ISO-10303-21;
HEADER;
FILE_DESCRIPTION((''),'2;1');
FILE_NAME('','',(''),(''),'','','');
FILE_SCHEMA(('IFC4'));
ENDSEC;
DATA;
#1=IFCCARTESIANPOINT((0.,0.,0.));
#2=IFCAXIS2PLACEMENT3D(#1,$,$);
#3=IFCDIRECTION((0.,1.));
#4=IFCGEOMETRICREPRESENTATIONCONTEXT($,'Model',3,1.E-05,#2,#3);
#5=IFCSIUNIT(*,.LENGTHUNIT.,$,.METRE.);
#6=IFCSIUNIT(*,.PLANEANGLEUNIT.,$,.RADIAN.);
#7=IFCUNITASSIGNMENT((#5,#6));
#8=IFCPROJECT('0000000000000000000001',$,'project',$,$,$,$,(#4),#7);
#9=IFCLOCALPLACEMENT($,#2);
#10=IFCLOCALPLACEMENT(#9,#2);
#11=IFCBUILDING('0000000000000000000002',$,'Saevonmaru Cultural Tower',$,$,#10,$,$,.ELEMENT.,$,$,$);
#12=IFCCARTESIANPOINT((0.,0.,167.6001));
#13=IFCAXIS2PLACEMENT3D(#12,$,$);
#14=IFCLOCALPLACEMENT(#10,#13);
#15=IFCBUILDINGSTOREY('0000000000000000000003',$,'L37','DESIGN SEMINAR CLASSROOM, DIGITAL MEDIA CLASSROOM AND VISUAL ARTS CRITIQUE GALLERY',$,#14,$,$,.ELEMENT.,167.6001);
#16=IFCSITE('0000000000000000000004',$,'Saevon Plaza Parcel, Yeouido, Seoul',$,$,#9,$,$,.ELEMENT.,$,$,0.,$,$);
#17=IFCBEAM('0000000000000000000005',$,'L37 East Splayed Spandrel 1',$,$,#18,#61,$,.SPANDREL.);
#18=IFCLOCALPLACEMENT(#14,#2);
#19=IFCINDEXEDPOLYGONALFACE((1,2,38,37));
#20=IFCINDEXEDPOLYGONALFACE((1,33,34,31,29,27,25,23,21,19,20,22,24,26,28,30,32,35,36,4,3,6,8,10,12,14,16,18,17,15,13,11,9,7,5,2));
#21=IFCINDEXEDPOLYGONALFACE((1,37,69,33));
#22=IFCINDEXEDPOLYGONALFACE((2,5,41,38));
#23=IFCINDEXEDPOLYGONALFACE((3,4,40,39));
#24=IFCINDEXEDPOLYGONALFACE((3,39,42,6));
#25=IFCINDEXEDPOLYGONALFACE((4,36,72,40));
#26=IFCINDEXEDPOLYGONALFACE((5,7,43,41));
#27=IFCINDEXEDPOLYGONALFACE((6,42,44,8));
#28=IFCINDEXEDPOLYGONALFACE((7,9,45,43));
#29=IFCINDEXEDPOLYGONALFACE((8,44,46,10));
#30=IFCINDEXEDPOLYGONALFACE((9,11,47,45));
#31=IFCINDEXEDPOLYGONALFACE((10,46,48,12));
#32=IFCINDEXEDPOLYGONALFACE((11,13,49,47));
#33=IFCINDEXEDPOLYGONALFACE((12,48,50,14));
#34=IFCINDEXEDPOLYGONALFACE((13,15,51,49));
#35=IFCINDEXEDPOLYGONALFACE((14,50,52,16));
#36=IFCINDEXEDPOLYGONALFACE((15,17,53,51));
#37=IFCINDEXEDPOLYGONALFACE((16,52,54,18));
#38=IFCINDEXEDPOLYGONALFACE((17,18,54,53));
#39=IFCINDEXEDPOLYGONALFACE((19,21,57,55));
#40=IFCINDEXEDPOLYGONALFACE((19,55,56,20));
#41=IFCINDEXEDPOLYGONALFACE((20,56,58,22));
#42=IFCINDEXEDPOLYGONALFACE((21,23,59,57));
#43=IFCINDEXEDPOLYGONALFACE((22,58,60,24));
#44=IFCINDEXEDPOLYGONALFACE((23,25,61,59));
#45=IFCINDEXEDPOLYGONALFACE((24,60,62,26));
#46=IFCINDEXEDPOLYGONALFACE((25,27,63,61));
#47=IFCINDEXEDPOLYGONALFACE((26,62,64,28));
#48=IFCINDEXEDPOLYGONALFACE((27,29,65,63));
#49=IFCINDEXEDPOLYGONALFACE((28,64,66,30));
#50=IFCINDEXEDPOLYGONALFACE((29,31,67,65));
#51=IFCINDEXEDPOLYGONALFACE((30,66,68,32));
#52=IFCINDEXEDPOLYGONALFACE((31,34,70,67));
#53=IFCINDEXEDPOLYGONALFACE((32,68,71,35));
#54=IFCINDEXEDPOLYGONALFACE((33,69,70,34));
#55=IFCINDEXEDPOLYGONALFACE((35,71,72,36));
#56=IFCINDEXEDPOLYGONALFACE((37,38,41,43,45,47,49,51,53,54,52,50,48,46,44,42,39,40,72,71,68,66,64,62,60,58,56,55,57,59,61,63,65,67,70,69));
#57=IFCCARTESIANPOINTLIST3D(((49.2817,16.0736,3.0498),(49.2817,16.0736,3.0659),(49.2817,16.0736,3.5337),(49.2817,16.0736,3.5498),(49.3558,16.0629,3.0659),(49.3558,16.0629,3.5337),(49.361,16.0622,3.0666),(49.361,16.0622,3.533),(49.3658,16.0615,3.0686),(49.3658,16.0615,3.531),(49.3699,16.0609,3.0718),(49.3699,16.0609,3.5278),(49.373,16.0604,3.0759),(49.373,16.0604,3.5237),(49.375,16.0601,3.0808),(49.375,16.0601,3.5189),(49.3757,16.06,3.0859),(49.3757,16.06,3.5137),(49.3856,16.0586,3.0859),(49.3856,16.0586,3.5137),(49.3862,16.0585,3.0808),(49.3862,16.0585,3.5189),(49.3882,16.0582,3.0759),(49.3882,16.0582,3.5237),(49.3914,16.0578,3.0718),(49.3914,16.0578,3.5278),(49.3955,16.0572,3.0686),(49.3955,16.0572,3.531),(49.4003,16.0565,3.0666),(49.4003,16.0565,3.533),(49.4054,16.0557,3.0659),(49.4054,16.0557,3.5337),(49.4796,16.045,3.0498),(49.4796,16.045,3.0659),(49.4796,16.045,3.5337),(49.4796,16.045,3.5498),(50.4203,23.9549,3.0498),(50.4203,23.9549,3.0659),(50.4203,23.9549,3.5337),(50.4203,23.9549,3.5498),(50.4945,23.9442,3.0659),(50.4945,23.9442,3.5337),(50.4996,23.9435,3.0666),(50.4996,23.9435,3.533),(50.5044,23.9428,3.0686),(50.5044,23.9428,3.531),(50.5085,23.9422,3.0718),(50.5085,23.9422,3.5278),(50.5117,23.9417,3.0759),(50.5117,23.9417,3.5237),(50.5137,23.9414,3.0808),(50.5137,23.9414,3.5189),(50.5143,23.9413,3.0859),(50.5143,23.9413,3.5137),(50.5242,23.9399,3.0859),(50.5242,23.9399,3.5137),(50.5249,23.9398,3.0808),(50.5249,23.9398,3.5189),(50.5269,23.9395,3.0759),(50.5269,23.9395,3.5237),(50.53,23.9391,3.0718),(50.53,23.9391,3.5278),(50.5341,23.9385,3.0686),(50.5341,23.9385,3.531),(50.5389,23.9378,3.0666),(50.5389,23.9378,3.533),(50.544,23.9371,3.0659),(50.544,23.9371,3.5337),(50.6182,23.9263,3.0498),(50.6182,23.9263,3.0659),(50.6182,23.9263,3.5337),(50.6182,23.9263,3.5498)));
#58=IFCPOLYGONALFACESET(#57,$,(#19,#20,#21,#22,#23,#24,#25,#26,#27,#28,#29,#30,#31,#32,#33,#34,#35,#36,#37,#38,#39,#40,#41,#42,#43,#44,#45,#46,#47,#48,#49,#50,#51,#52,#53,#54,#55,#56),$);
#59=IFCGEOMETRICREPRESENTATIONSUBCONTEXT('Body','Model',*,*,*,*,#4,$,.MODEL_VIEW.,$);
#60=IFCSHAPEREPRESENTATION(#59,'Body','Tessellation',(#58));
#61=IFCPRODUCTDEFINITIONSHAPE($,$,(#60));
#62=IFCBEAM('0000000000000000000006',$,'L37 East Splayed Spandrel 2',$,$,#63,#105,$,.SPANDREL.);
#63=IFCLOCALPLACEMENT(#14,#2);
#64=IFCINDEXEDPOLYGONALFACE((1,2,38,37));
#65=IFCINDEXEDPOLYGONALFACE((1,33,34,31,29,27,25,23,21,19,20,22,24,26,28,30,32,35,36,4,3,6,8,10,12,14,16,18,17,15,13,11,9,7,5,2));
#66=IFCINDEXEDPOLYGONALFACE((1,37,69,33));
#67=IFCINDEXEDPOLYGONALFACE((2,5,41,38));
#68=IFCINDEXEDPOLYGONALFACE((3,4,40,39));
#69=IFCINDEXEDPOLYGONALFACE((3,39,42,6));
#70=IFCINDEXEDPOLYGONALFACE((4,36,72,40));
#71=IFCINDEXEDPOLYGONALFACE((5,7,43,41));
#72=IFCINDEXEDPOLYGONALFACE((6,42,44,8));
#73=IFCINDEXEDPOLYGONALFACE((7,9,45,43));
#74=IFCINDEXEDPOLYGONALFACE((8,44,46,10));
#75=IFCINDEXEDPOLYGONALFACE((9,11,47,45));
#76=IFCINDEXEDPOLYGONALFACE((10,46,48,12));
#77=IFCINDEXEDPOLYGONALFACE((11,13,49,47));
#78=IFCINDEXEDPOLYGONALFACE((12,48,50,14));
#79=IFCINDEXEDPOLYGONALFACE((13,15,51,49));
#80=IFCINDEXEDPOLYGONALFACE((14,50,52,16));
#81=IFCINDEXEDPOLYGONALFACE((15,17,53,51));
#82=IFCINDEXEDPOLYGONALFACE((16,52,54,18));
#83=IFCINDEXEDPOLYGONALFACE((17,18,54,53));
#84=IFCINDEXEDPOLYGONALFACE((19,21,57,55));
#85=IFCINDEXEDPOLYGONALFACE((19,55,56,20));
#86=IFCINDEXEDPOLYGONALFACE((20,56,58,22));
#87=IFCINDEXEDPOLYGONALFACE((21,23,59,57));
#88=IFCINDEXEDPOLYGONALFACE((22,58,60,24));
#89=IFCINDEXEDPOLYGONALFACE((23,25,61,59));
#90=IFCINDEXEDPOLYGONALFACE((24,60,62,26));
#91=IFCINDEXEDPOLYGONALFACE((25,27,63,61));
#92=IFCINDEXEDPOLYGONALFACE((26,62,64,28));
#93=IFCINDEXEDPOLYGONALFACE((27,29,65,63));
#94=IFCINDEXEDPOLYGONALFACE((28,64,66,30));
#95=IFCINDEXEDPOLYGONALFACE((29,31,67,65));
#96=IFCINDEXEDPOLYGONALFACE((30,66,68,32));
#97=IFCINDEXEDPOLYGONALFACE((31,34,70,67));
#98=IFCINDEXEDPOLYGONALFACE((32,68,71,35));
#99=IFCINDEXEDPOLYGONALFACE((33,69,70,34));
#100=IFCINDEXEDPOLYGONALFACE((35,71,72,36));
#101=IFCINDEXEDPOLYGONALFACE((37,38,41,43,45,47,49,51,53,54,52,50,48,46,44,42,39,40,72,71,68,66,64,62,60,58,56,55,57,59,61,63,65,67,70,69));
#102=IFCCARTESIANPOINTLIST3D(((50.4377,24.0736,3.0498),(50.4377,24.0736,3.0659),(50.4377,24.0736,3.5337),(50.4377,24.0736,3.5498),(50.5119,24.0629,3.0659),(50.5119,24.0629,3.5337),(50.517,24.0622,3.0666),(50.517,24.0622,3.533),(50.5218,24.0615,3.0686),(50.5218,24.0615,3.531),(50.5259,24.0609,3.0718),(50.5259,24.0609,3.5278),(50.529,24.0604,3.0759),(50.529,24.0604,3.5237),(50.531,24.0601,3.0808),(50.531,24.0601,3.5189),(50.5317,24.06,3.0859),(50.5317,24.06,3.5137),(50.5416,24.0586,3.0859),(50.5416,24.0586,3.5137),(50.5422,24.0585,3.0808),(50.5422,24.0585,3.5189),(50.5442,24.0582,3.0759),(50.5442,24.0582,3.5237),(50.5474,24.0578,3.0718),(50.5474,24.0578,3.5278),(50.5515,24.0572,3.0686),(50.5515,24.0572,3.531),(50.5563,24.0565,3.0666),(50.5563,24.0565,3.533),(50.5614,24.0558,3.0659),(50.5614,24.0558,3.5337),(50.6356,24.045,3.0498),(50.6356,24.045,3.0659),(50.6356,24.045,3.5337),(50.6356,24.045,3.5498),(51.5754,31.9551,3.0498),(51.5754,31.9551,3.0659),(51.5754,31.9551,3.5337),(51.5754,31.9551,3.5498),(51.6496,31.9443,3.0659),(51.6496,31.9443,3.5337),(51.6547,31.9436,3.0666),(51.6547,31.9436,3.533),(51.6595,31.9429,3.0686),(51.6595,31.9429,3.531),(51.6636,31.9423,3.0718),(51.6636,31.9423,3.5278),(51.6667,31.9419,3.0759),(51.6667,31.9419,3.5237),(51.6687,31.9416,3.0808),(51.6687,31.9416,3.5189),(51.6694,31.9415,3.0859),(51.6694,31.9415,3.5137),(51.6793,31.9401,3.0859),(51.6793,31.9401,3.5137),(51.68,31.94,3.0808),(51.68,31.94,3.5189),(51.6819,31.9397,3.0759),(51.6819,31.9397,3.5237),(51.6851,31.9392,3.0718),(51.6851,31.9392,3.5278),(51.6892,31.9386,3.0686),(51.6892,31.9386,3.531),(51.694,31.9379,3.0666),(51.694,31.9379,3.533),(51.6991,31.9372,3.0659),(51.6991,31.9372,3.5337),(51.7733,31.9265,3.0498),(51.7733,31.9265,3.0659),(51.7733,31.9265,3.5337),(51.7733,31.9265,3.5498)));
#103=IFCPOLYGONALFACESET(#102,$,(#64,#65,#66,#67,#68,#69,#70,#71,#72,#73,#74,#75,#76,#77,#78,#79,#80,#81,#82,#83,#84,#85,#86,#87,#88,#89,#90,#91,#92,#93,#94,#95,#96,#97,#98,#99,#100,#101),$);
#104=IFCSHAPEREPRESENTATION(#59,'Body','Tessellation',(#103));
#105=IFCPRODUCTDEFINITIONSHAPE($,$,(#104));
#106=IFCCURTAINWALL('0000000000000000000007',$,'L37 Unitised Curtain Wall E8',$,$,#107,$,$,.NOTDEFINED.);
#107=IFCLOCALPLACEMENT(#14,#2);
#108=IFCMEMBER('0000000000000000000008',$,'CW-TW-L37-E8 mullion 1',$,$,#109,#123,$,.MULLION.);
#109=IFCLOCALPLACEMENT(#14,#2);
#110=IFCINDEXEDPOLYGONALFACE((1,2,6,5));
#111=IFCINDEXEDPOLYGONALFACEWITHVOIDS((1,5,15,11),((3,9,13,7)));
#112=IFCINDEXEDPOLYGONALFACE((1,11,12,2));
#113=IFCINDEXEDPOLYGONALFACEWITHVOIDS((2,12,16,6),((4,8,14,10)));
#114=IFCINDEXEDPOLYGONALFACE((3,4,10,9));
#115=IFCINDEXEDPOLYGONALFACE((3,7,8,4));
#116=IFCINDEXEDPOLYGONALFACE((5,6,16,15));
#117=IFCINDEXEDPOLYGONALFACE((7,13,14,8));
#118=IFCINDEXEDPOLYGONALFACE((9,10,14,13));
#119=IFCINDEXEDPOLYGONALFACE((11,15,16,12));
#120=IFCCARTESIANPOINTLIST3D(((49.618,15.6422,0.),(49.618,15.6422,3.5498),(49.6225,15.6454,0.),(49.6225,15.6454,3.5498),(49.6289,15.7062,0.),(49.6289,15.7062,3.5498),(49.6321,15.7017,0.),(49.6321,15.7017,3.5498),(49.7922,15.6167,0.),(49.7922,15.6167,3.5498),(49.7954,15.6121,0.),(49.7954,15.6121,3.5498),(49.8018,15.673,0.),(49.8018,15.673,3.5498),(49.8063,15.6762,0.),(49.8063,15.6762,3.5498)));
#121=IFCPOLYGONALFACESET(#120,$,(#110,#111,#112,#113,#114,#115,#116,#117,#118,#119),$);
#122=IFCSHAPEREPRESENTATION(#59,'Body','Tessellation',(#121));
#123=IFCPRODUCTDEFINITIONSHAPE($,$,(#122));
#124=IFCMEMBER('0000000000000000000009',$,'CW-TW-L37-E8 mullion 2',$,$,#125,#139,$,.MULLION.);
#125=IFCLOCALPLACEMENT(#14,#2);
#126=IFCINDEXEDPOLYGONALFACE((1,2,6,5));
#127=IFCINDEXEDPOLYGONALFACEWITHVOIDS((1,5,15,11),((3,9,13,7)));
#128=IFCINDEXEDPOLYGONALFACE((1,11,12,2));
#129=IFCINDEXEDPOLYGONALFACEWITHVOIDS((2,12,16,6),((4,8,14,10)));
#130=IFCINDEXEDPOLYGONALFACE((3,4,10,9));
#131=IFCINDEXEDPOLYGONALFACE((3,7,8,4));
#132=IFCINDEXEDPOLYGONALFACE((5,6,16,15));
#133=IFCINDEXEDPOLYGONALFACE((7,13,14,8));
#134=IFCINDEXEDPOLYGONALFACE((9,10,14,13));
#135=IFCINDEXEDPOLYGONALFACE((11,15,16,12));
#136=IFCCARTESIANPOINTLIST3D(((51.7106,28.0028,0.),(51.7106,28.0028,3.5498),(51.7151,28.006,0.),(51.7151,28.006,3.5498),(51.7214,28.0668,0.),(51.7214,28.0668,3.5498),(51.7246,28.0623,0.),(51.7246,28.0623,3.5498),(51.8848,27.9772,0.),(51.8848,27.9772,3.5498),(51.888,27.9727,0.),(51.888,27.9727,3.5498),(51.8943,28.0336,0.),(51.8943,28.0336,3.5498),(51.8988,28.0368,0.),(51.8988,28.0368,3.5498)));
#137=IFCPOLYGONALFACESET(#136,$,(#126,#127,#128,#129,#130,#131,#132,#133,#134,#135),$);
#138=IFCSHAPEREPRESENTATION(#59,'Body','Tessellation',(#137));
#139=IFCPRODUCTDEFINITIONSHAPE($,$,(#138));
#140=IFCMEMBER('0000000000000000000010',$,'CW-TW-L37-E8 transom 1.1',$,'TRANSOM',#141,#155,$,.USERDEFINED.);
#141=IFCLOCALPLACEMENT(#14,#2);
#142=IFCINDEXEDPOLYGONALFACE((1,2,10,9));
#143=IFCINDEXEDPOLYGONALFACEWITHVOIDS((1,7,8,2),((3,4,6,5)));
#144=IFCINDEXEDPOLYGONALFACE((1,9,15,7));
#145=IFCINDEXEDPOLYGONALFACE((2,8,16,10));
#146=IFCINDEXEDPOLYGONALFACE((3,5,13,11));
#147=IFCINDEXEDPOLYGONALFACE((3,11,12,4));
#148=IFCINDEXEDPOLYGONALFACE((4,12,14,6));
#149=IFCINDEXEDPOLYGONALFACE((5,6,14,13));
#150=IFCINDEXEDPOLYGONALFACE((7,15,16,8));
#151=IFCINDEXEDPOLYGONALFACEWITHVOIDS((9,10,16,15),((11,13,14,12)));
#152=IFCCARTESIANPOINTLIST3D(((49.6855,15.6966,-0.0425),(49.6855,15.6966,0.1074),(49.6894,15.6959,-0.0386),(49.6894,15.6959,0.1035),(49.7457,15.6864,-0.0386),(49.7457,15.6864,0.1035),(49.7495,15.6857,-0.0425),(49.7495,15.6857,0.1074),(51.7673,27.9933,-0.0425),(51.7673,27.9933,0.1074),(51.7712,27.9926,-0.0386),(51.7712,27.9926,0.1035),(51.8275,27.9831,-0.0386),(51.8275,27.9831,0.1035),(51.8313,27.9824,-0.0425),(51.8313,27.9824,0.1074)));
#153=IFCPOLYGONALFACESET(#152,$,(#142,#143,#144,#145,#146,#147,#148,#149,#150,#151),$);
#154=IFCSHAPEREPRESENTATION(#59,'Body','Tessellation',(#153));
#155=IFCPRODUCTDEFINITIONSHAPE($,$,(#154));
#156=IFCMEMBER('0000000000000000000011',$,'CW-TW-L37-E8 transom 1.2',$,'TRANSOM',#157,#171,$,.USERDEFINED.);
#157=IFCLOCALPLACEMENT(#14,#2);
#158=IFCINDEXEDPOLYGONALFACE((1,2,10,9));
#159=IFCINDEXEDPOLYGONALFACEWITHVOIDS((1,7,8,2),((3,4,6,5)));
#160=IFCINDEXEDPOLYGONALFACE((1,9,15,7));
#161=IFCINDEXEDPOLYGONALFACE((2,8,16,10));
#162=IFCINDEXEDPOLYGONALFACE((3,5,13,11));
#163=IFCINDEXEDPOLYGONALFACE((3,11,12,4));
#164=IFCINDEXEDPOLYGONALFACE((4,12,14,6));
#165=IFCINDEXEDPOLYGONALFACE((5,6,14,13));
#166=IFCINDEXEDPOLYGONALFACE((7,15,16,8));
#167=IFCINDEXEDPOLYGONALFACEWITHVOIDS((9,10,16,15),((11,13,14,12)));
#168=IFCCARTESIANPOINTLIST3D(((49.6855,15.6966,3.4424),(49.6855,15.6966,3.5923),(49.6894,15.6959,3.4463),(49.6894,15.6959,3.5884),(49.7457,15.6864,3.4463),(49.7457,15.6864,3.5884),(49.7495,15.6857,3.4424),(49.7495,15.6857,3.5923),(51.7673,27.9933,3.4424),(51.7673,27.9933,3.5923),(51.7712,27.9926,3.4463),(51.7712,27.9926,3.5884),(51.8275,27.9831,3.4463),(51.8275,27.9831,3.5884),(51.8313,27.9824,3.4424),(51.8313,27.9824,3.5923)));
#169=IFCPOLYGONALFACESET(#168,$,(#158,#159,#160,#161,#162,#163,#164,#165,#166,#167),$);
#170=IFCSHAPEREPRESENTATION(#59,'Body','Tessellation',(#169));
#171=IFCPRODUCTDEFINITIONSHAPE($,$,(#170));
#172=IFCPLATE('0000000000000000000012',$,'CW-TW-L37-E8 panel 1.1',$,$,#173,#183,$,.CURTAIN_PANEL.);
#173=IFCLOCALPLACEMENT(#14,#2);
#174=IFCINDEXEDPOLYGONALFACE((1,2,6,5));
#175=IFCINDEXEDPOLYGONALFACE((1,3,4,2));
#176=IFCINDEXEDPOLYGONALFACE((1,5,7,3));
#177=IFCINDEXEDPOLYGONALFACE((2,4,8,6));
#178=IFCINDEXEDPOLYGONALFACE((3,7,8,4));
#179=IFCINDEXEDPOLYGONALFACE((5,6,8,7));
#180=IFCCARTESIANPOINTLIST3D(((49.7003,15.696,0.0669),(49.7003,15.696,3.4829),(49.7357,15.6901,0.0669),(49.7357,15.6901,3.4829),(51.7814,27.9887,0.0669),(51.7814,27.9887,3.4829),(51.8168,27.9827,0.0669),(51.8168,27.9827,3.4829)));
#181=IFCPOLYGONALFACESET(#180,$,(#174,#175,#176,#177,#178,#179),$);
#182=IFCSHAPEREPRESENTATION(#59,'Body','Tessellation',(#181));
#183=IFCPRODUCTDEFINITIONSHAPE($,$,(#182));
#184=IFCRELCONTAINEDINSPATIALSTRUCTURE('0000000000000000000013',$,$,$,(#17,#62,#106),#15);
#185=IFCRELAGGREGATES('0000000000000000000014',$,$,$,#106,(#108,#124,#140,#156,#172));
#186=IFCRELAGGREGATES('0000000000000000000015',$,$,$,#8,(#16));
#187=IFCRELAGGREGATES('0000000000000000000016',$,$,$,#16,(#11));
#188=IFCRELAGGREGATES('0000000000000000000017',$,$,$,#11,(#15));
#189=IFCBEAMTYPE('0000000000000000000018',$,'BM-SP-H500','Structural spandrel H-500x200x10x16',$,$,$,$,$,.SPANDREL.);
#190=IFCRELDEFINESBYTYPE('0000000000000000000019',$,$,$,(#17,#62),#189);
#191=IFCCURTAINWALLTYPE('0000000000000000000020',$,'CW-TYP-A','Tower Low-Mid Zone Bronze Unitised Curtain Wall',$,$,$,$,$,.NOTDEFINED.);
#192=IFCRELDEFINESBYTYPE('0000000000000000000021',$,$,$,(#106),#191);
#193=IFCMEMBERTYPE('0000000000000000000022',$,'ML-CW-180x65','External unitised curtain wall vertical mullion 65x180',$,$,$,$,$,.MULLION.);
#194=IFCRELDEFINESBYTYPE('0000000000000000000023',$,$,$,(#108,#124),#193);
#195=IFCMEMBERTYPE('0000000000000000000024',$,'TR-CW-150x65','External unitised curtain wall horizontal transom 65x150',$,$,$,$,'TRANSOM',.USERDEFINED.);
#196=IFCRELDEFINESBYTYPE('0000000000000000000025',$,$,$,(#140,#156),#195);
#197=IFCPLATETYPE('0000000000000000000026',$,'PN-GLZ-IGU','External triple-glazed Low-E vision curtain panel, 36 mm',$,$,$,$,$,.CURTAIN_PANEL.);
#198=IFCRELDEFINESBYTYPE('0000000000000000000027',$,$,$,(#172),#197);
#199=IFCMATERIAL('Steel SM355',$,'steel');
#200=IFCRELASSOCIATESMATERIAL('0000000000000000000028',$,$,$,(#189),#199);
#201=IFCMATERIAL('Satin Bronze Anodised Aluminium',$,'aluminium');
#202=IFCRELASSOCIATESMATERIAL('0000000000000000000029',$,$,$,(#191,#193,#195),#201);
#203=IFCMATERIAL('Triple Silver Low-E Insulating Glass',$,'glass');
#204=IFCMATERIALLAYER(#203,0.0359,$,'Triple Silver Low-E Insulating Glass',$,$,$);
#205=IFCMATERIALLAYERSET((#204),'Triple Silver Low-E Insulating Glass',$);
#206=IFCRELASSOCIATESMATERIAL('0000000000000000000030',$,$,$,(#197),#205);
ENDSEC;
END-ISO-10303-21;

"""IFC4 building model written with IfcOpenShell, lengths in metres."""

from ifc_helpers import new_model, si_unit, direction, frame, origin, origin_2d, place, context, subcontext, project, spatial, rectangle, hollow_rectangle, i_section, extrude, material, layer, layer_set, material_profile, profile_set, type_object, element, aggregate, save


model = new_model("IFC4")

# Units and contexts
model_context = context("Model", 3, precision=1e-05, world=origin(), true_north=direction((0.0, 1.0)))
body_context = subcontext(model_context, "Body", "Model", "MODEL_VIEW")
ifc_project = project(units=[si_unit("LENGTHUNIT", "METRE"), si_unit("PLANEANGLEUNIT", "RADIAN")], contexts=[model_context])

# Site, building, storey
site_placement = place(None, origin())
site = spatial("IfcSite", under=ifc_project, at=site_placement, Name="Saevon Plaza Parcel, Yeouido, Seoul", CompositionType="ELEMENT", RefElevation=0.0)
building_placement = place(site_placement, origin())
building = spatial("IfcBuilding", under=site, at=building_placement, Name="Saevonmaru Cultural Tower", CompositionType="ELEMENT")
storey_placement = place(building_placement, frame((0.0, 0.0, 167.6001)))
storey = spatial("IfcBuildingStorey", under=building, at=storey_placement, Name="L37", Description="DESIGN SEMINAR CLASSROOM, DIGITAL MEDIA CLASSROOM AND VISUAL ARTS CRITIQUE GALLERY", CompositionType="ELEMENT", Elevation=167.6001)

# Beams
ifc_material_1 = material(Name="Steel SM355", Category="steel")
ifc_material_profile_1 = material_profile(ifc_material_1, i_section(OverallWidth=0.2, OverallDepth=0.5, WebThickness=0.01, FlangeThickness=0.0161, FilletRadius=0.02, at=origin_2d()), Name="H-500x200x10x16")
ifc_profile_set_1 = profile_set([ifc_material_profile_1], Name="Steel SM355")
beam_type_1 = type_object("IfcBeamType", Name="BM-SP-H500", Description="Structural spandrel H-500x200x10x16", PredefinedType="SPANDREL", material=ifc_profile_set_1)
for number, where, z_axis, x_axis, name in (
    (1, (49.3806, 16.0593, 3.2998), (0.142992, 0.989724, 0.0), (-0.989724, 0.142992, 0.0), "L37 East Splayed Spandrel 1"),
    (2, (50.5366, 24.0593, 3.2998), (0.142872, 0.989741, 0.0), (-0.989741, 0.142872, 0.0), "L37 East Splayed Spandrel 2"),
):
    element("IfcBeam", number, at=place(storey_placement, frame(where, z_axis=z_axis, x_axis=x_axis)), inside=storey, type_object=beam_type_1, Name=name, PredefinedType="SPANDREL", context=body_context, shape_type="SweptSolid", body=[
        extrude(i_section(OverallWidth=0.2, OverallDepth=0.5, WebThickness=0.01, FlangeThickness=0.0161, FilletRadius=0.02, at=origin_2d()), origin(), (0.0, 0.0, 1.0), 7.9631),
    ])

# Curtain wall, members, plate
ifc_material_2 = material(Name="Satin Bronze Anodised Aluminium", Category="aluminium")
curtain_wall_type = type_object("IfcCurtainWallType", Name="CW-TYP-A", Description="Tower Low-Mid Zone Bronze Unitised Curtain Wall", PredefinedType="NOTDEFINED", material=ifc_material_2)
curtain_wall_placement = place(storey_placement, origin())
curtain_wall = element("IfcCurtainWall", 3, at=curtain_wall_placement, inside=storey, type_object=curtain_wall_type, Name="L37 Unitised Curtain Wall E8", PredefinedType="NOTDEFINED")
ifc_material_profile_2 = material_profile(ifc_material_2, hollow_rectangle(XDim=0.0649, YDim=0.1799, WallThickness=0.0039, at=origin_2d()), Name="ALU-MULL-180x65x4")
ifc_profile_set_2 = profile_set([ifc_material_profile_2], Name="Satin Bronze Anodised Aluminium")
member_type_1 = type_object("IfcMemberType", Name="ML-CW-180x65", Description="External unitised curtain wall vertical mullion 65x180", PredefinedType="MULLION", material=ifc_profile_set_2)
member_1_placement = place(storey_placement, frame((49.7122, 15.6592, 0.0), z_axis=(0.0, 0.0, 1.0), x_axis=(0.166922, 0.98597, 0.0)))
member_1 = element("IfcMember", 4, at=member_1_placement, type_object=member_type_1, Name="CW-TW-L37-E8 mullion 1", PredefinedType="MULLION", context=body_context, shape_type="SweptSolid", body=[
    extrude(hollow_rectangle(XDim=0.0649, YDim=0.1799, WallThickness=0.0039, at=origin_2d()), origin(), (0.0, 0.0, 1.0), 3.5498),
])
member_2_placement = place(storey_placement, frame((51.8047, 28.0198, 0.0), z_axis=(0.0, 0.0, 1.0), x_axis=(0.166922, 0.98597, 0.0)))
member_2 = element("IfcMember", 5, at=member_2_placement, type_object=member_type_1, Name="CW-TW-L37-E8 mullion 2", PredefinedType="MULLION", context=body_context, shape_type="SweptSolid", body=[
    extrude(hollow_rectangle(XDim=0.0649, YDim=0.1799, WallThickness=0.0039, at=origin_2d()), origin(), (0.0, 0.0, 1.0), 3.5498),
])
ifc_material_profile_3 = material_profile(ifc_material_2, hollow_rectangle(XDim=0.0649, YDim=0.1499, WallThickness=0.0039, at=origin_2d()), Name="ALU-TRAN-150x65x4")
ifc_profile_set_3 = profile_set([ifc_material_profile_3], Name="Satin Bronze Anodised Aluminium")
member_type_2 = type_object("IfcMemberType", Name="TR-CW-150x65", Description="External unitised curtain wall horizontal transom 65x150", ElementType="TRANSOM", PredefinedType="USERDEFINED", material=ifc_profile_set_3)
member_3_placement = place(storey_placement, frame((49.7175, 15.6912, 0.0325), z_axis=(0.166922, 0.98597, 0.0), x_axis=(-0.98597, 0.166922, 0.0)))
member_3 = element("IfcMember", 6, at=member_3_placement, type_object=member_type_2, Name="CW-TW-L37-E8 transom 1.1", ObjectType="TRANSOM", PredefinedType="USERDEFINED", context=body_context, shape_type="SweptSolid", body=[
    extrude(hollow_rectangle(XDim=0.0649, YDim=0.1499, WallThickness=0.0039, at=origin_2d()), origin(), (0.0, 0.0, 1.0), 12.4717),
])
member_4_placement = place(storey_placement, frame((49.7175, 15.6912, 3.5173), z_axis=(0.166922, 0.98597, 0.0), x_axis=(-0.98597, 0.166922, 0.0)))
member_4 = element("IfcMember", 7, at=member_4_placement, type_object=member_type_2, Name="CW-TW-L37-E8 transom 1.2", ObjectType="TRANSOM", PredefinedType="USERDEFINED", context=body_context, shape_type="SweptSolid", body=[
    extrude(hollow_rectangle(XDim=0.0649, YDim=0.1499, WallThickness=0.0039, at=origin_2d()), origin(), (0.0, 0.0, 1.0), 12.4717),
])
ifc_material_3 = material(Name="Triple Silver Low-E Insulating Glass", Category="glass")
ifc_layer_1 = layer(ifc_material_3, 0.0359, Name="Triple Silver Low-E Insulating Glass")
ifc_layer_set_1 = layer_set([ifc_layer_1], Name="Triple Silver Low-E Insulating Glass")
plate_type = type_object("IfcPlateType", Name="PN-GLZ-IGU", Description="External triple-glazed Low-E vision curtain panel, 36 mm", PredefinedType="CURTAIN_PANEL", material=ifc_layer_set_1)
plate_placement = place(storey_placement, frame((50.7585, 21.8394, 0.0669), z_axis=(0.0, 0.0, 1.0), x_axis=(0.166922, 0.98597, 0.0)))
plate = element("IfcPlate", 8, at=plate_placement, type_object=plate_type, Name="CW-TW-L37-E8 panel 1.1", PredefinedType="CURTAIN_PANEL", context=body_context, shape_type="SweptSolid", body=[
    extrude(rectangle(XDim=12.4675, YDim=0.0359, at=origin_2d()), origin(), (0.0, 0.0, 1.0), 3.416),
])
aggregate(curtain_wall, [member_1, member_2, member_3, member_4, plate])

save(model, "model.ifc")
